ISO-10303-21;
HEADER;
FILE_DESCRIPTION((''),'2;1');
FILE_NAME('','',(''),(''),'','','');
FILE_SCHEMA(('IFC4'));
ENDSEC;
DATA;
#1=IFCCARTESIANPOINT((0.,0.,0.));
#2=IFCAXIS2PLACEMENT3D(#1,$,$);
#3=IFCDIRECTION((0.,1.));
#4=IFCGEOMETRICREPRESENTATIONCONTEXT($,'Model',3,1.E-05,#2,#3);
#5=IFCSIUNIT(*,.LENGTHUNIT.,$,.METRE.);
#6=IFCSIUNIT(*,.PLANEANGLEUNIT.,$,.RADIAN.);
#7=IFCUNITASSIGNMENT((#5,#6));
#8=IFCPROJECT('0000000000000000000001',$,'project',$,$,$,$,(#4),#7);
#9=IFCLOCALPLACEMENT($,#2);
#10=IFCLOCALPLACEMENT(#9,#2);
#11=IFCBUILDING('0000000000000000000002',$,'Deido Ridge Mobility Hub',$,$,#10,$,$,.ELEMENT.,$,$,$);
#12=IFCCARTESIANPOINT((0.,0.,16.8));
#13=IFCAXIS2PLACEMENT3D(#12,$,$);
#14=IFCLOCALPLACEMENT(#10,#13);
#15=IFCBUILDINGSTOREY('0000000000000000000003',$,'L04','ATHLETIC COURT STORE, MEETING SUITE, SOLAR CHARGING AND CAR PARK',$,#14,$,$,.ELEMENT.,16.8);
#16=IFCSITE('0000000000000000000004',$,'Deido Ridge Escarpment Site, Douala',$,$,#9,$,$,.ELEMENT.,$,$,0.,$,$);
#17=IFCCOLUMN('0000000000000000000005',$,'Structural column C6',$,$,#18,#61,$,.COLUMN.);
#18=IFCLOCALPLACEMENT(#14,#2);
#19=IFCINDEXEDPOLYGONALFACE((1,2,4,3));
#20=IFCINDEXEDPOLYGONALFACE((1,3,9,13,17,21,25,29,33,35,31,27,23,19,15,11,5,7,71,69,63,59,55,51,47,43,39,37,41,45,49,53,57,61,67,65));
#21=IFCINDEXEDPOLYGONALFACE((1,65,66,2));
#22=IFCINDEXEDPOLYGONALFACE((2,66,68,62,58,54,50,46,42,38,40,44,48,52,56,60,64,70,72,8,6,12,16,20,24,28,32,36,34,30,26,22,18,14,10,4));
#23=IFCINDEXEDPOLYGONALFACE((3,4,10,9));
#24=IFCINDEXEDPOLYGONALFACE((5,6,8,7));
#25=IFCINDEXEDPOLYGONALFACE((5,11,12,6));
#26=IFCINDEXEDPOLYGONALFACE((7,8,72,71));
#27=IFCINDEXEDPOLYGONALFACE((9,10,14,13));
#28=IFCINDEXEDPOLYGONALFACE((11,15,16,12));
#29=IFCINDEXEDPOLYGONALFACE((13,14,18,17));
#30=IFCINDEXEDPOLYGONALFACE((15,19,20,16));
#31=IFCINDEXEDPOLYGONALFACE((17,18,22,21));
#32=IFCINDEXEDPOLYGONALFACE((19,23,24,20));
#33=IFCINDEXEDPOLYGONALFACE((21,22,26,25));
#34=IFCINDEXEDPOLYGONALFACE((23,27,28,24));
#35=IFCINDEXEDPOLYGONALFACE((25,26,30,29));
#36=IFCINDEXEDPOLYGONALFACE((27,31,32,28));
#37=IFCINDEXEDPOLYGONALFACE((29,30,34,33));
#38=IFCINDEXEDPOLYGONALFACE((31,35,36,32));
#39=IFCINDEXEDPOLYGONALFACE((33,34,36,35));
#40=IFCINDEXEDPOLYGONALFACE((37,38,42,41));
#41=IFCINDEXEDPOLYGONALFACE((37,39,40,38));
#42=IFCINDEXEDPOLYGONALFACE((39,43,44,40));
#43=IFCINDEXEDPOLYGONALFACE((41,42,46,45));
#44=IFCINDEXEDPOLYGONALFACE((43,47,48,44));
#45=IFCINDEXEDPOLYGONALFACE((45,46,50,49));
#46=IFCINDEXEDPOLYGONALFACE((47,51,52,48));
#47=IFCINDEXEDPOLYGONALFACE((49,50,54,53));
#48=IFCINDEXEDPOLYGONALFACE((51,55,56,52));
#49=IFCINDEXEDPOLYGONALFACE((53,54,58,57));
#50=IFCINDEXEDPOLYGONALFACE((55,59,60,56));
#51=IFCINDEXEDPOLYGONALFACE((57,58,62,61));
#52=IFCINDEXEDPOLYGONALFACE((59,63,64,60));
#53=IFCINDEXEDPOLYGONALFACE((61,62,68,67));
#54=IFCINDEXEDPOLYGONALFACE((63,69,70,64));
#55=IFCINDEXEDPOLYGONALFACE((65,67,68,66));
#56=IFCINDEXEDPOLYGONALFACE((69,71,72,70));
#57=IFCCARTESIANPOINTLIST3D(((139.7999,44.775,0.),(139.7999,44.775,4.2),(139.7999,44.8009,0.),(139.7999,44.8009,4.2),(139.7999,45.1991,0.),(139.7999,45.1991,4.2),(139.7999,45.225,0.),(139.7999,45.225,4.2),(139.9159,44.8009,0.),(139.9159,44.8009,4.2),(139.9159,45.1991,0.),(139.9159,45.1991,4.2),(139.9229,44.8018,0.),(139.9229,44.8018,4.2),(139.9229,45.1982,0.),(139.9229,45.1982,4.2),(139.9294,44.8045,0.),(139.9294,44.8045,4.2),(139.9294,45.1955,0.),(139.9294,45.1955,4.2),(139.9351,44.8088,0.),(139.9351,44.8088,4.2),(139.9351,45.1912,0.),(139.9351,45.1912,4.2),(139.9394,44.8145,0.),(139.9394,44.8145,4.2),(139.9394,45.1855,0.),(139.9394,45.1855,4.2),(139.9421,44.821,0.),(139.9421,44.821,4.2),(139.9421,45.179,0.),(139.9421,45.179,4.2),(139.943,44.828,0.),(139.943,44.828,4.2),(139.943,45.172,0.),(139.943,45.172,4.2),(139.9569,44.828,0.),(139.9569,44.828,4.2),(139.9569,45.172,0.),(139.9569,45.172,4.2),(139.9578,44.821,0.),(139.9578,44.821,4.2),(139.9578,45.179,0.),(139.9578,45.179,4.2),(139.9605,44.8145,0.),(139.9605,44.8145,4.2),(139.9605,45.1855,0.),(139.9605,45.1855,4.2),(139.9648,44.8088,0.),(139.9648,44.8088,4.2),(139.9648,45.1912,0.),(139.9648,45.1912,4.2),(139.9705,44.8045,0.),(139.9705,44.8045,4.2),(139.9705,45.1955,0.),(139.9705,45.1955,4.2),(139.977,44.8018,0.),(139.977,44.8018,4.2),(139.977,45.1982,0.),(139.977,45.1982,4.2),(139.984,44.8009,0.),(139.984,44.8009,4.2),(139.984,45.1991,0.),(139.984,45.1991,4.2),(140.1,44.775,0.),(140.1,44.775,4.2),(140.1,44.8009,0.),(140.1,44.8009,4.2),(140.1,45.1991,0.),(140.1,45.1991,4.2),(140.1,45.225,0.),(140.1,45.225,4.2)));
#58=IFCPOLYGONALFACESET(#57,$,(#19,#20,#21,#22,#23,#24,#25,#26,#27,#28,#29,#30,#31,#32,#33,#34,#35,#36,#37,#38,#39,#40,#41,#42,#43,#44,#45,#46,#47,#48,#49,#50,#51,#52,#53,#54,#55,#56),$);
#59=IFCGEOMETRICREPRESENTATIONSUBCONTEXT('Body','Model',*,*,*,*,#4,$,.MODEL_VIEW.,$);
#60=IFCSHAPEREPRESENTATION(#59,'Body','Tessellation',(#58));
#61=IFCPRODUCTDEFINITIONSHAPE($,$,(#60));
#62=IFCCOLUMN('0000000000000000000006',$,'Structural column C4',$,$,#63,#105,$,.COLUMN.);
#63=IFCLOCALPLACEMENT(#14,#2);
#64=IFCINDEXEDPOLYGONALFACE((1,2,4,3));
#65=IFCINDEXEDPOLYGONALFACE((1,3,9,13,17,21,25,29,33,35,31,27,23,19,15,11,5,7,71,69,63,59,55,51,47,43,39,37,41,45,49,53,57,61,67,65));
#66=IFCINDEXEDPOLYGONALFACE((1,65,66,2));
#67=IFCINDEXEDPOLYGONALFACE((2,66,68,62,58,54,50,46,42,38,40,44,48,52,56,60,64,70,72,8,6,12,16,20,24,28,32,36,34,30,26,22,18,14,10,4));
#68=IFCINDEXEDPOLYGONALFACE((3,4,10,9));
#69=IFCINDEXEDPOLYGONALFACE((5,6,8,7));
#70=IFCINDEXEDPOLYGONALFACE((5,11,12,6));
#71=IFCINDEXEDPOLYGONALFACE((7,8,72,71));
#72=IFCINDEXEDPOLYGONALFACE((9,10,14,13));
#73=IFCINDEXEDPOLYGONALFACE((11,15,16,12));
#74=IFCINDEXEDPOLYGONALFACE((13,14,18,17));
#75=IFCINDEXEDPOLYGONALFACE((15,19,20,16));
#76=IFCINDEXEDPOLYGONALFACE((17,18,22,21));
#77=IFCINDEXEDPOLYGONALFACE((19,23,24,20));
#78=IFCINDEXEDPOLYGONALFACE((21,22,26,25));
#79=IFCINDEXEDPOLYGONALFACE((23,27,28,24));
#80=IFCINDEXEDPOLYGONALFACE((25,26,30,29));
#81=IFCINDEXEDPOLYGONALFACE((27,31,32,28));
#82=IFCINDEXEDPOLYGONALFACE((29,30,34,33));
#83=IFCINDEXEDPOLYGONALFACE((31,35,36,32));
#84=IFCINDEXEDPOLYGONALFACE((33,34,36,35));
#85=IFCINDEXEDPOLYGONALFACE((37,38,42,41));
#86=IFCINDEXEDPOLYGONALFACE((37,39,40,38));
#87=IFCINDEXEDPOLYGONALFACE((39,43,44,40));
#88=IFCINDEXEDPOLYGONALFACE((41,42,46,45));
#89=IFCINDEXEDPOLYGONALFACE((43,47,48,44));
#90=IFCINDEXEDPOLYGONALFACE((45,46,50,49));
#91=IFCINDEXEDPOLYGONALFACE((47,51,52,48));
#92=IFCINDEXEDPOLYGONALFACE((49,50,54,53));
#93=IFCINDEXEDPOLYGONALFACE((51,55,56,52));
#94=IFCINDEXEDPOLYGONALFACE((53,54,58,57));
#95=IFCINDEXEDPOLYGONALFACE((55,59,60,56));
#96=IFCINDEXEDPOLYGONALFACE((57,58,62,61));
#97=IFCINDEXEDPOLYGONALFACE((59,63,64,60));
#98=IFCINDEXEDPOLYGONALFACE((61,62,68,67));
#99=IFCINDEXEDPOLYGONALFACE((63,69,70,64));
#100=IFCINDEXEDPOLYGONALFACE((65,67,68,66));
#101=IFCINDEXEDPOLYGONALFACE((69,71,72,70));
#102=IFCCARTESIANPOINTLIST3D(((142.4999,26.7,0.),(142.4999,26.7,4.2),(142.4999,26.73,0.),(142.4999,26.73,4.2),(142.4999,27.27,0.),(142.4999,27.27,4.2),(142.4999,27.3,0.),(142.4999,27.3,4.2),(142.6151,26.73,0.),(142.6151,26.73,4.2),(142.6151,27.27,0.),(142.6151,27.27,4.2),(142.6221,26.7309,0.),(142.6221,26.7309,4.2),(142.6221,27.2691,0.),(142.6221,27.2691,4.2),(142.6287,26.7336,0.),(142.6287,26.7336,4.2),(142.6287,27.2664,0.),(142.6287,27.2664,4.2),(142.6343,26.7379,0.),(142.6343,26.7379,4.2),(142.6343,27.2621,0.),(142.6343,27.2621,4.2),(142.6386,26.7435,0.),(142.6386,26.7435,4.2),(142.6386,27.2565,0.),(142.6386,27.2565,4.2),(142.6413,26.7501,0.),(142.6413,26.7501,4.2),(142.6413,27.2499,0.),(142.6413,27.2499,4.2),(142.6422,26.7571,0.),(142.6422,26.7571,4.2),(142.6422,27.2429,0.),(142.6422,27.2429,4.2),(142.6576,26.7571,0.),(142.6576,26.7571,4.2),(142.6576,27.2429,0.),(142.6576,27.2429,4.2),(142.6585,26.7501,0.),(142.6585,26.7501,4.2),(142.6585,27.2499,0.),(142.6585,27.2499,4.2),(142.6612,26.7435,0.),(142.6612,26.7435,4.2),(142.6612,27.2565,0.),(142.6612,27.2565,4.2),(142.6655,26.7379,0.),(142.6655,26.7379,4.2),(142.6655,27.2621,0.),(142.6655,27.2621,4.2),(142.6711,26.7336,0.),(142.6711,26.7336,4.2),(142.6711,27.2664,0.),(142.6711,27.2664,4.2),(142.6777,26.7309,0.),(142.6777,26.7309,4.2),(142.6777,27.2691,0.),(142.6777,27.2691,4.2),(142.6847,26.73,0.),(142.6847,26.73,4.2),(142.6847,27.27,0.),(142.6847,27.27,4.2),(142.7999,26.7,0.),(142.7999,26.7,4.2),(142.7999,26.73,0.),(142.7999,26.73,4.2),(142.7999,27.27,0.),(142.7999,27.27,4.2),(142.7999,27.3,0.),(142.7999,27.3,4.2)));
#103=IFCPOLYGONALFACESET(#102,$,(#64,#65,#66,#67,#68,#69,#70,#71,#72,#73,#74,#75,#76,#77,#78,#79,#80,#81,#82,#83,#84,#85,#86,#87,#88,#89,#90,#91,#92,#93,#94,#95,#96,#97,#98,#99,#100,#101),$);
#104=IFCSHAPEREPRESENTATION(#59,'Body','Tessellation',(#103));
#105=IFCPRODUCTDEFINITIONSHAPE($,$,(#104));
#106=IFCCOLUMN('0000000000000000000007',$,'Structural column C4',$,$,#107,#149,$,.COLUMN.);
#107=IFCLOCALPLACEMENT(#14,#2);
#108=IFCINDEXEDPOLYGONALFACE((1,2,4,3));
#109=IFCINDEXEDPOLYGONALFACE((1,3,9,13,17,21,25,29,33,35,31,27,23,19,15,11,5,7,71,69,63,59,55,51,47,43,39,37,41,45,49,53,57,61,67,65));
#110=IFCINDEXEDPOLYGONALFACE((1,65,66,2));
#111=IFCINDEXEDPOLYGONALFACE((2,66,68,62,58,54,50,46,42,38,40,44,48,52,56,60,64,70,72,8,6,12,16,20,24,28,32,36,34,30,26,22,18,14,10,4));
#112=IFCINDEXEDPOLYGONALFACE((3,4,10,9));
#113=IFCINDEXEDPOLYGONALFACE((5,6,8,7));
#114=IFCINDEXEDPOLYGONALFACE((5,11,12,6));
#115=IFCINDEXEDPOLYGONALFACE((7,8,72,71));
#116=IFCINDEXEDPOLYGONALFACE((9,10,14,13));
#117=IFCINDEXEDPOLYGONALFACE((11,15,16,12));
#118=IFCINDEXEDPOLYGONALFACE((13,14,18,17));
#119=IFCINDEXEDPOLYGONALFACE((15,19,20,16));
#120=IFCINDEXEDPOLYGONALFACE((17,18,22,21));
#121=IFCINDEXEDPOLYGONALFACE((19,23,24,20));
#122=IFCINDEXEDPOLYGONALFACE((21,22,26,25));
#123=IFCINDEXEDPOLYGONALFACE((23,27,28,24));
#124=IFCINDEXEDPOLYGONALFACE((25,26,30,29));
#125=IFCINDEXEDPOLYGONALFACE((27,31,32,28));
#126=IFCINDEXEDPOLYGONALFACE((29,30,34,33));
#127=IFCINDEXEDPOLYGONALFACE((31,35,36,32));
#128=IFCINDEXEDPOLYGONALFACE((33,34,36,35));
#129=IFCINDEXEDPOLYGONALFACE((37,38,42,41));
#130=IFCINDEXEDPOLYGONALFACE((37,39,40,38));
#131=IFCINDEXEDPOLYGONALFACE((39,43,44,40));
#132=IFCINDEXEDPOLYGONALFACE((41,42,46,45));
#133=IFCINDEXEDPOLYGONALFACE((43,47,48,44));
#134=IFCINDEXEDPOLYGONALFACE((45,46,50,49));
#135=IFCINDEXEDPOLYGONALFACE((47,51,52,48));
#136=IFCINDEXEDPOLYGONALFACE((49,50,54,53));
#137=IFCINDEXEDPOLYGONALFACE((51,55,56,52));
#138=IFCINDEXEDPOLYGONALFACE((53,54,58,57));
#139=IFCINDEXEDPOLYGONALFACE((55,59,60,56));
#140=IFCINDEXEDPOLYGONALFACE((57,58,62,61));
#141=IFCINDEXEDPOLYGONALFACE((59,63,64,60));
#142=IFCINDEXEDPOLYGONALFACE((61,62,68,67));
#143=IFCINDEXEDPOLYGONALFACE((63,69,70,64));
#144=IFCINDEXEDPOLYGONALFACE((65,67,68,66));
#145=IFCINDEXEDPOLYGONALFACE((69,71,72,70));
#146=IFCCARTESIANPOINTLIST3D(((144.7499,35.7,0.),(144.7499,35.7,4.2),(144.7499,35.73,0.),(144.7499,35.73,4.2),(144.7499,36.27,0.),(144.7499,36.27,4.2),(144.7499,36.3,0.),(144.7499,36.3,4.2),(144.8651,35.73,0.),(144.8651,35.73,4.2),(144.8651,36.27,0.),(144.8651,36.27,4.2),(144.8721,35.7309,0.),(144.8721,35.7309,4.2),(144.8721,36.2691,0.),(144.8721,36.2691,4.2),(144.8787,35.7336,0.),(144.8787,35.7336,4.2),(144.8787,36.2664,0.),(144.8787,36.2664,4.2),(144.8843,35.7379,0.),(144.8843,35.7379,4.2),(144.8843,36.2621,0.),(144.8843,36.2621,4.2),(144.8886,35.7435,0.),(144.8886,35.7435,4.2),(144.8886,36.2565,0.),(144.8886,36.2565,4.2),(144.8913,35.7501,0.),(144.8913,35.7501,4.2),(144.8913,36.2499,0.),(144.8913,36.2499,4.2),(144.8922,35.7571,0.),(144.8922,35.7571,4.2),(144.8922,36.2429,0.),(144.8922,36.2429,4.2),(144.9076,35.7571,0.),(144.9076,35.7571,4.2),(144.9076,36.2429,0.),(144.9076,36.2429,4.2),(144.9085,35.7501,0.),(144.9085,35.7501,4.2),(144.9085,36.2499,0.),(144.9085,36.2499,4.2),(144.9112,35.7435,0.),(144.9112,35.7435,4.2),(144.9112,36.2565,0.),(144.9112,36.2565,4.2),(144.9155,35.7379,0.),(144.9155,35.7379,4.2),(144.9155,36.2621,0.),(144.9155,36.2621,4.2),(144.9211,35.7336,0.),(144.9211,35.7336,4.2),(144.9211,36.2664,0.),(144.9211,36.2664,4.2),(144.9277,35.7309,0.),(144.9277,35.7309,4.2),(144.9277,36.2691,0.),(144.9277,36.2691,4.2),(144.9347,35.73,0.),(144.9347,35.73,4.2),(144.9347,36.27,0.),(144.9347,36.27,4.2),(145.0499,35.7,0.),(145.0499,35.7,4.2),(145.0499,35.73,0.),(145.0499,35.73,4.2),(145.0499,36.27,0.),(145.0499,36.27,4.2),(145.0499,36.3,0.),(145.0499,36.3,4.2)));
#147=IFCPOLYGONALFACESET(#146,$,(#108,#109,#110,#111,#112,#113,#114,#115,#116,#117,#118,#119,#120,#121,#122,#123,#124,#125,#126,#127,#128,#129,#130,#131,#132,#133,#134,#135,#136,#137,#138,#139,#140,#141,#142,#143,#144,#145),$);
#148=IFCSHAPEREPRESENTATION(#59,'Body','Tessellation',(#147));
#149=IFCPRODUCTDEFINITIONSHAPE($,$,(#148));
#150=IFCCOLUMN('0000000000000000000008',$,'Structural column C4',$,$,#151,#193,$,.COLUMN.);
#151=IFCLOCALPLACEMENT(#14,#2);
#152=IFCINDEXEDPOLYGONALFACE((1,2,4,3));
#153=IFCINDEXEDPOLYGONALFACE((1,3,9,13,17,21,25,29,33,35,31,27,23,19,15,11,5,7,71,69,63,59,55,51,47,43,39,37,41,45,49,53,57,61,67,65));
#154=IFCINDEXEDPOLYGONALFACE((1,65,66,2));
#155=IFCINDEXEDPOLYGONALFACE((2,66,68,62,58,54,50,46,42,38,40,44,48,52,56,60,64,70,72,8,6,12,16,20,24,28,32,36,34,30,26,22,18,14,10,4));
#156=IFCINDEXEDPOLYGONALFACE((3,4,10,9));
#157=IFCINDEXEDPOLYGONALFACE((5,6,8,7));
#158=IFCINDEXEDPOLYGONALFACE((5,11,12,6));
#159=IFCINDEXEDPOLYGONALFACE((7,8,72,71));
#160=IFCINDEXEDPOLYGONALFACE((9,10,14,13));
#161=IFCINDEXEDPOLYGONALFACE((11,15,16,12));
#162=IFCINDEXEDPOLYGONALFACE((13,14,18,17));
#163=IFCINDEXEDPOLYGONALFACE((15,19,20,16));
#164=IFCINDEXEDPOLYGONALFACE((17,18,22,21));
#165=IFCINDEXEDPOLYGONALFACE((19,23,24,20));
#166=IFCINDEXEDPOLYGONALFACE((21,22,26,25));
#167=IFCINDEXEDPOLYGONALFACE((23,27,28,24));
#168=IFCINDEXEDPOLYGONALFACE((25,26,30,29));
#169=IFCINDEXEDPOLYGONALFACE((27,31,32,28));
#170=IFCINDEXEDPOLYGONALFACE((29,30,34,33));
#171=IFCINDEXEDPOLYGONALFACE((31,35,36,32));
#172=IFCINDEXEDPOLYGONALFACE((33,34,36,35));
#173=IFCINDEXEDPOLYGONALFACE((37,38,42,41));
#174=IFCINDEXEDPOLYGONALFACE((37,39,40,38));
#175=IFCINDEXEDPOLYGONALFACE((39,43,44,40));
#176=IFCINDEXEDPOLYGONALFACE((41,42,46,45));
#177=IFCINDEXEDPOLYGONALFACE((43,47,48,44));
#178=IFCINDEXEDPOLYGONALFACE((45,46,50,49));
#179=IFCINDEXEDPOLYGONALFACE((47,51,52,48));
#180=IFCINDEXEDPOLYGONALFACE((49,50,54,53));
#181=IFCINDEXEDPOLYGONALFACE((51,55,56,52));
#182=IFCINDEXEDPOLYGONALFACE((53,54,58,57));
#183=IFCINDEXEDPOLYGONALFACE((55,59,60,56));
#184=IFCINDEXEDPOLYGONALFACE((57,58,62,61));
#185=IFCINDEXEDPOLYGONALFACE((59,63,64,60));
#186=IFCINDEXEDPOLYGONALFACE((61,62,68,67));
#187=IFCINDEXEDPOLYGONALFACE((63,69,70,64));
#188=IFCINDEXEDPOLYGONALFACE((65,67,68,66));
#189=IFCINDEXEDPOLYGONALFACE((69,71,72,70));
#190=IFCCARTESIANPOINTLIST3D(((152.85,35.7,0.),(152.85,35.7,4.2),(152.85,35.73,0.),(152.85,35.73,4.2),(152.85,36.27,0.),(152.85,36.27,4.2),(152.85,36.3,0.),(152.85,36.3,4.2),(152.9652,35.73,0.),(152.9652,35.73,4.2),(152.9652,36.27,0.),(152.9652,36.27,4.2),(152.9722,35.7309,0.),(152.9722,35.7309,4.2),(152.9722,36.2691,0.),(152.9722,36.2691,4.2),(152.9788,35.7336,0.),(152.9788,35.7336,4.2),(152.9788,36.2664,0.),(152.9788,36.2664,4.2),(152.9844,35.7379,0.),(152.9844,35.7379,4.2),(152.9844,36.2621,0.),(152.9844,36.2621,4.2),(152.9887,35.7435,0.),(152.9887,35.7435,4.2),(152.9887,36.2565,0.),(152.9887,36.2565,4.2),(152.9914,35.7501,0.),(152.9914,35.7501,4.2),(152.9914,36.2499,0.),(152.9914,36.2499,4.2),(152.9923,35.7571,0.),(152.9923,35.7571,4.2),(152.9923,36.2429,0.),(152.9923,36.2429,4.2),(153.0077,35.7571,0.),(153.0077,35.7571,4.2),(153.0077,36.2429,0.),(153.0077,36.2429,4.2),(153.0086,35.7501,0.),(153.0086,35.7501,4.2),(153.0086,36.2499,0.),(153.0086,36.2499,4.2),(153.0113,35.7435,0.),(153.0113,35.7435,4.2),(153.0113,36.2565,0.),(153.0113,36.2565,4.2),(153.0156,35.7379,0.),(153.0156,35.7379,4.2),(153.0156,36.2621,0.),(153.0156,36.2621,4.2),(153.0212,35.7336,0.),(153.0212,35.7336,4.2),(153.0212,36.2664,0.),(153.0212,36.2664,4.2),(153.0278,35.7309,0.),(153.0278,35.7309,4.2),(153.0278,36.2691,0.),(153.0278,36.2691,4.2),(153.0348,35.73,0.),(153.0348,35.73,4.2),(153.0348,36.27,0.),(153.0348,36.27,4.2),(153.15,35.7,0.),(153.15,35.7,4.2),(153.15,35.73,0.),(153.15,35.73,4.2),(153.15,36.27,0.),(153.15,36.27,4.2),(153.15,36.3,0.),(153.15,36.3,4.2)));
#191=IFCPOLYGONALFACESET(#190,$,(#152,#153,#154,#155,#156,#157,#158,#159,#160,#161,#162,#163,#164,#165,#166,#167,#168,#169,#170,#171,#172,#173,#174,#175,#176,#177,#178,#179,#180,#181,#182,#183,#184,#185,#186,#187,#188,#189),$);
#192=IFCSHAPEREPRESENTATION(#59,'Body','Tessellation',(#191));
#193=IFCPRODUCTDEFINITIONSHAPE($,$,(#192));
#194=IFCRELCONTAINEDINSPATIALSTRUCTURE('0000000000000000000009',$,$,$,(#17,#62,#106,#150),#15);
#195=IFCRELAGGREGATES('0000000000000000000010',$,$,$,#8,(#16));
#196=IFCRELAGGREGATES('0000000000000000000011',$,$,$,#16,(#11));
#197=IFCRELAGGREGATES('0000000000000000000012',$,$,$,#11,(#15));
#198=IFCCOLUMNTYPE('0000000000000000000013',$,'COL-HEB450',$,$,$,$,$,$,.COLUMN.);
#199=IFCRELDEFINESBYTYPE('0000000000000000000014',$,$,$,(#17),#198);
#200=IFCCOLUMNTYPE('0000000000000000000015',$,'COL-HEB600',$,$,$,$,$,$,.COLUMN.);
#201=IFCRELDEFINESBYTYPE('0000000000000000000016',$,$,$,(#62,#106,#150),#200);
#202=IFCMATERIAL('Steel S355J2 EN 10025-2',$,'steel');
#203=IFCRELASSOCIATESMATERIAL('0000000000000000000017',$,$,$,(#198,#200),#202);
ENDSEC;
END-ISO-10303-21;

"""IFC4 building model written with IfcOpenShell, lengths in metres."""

from ifc_helpers import new_model, si_unit, direction, frame, origin, origin_2d, place, context, subcontext, project, spatial, i_section, extrude, material, material_profile, profile_set, type_object, element, save


model = new_model("IFC4")

# Units and contexts
model_context = context("Model", 3, precision=1e-05, world=origin(), true_north=direction((0.0, 1.0)))
body_context = subcontext(model_context, "Body", "Model", "MODEL_VIEW")
ifc_project = project(units=[si_unit("LENGTHUNIT", "METRE"), si_unit("PLANEANGLEUNIT", "RADIAN")], contexts=[model_context])

# Site, building, storey
site_placement = place(None, origin())
site = spatial("IfcSite", under=ifc_project, at=site_placement, Name="Deido Ridge Escarpment Site, Douala", CompositionType="ELEMENT", RefElevation=0.0)
building_placement = place(site_placement, origin())
building = spatial("IfcBuilding", under=site, at=building_placement, Name="Deido Ridge Mobility Hub", CompositionType="ELEMENT")
storey_placement = place(building_placement, frame((0.0, 0.0, 16.8)))
storey = spatial("IfcBuildingStorey", under=building, at=storey_placement, Name="L04", Description="ATHLETIC COURT STORE, MEETING SUITE, SOLAR CHARGING AND CAR PARK", CompositionType="ELEMENT", Elevation=16.8)

# Columns
ifc_material_1 = material(Name="Steel S355J2 EN 10025-2", Category="steel")
ifc_material_profile_1 = material_profile(ifc_material_1, i_section(OverallWidth=0.3, OverallDepth=0.45, WebThickness=0.0139, FlangeThickness=0.0259, FilletRadius=0.0271, at=origin_2d()), Name="HEB 450")
ifc_profile_set_1 = profile_set([ifc_material_profile_1], Name="Steel S355J2 EN 10025-2")
column_type_1 = type_object("IfcColumnType", Name="COL-HEB450", PredefinedType="COLUMN", material=ifc_profile_set_1)
for number, where, z_axis, x_axis, name in (
    (1, (139.95, 45.0, 0.0), (0.0, 0.0, 1.0), (1.0, 0.0, 0.0), "Structural column C6"),
):
    element("IfcColumn", number, at=place(storey_placement, frame(where, z_axis=z_axis, x_axis=x_axis)), inside=storey, type_object=column_type_1, Name=name, PredefinedType="COLUMN", context=body_context, shape_type="SweptSolid", body=[
        extrude(i_section(OverallWidth=0.3, OverallDepth=0.45, WebThickness=0.0139, FlangeThickness=0.0259, FilletRadius=0.0271, at=origin_2d()), origin(), (0.0, 0.0, 1.0), 4.2),
    ])
ifc_material_profile_2 = material_profile(ifc_material_1, i_section(OverallWidth=0.3, OverallDepth=0.6001, WebThickness=0.0154, FlangeThickness=0.03, FilletRadius=0.0271, at=origin_2d()), Name="HEB 600")
ifc_profile_set_2 = profile_set([ifc_material_profile_2], Name="Steel S355J2 EN 10025-2")
column_type_2 = type_object("IfcColumnType", Name="COL-HEB600", PredefinedType="COLUMN", material=ifc_profile_set_2)
for number, where, z_axis, x_axis, name in (
    (2, (142.6499, 27.0, 0.0), (0.0, 0.0, 1.0), (1.0, 0.0, 0.0), "Structural column C4"),
    (3, (144.8999, 36.0, 0.0), (0.0, 0.0, 1.0), (1.0, 0.0, 0.0), "Structural column C4"),
    (4, (153.0, 36.0, 0.0), (0.0, 0.0, 1.0), (1.0, 0.0, 0.0), "Structural column C4"),
):
    element("IfcColumn", number, at=place(storey_placement, frame(where, z_axis=z_axis, x_axis=x_axis)), inside=storey, type_object=column_type_2, Name=name, PredefinedType="COLUMN", context=body_context, shape_type="SweptSolid", body=[
        extrude(i_section(OverallWidth=0.3, OverallDepth=0.6001, WebThickness=0.0154, FlangeThickness=0.03, FilletRadius=0.0271, at=origin_2d()), origin(), (0.0, 0.0, 1.0), 4.2),
    ])

save(model, "model.ifc")
